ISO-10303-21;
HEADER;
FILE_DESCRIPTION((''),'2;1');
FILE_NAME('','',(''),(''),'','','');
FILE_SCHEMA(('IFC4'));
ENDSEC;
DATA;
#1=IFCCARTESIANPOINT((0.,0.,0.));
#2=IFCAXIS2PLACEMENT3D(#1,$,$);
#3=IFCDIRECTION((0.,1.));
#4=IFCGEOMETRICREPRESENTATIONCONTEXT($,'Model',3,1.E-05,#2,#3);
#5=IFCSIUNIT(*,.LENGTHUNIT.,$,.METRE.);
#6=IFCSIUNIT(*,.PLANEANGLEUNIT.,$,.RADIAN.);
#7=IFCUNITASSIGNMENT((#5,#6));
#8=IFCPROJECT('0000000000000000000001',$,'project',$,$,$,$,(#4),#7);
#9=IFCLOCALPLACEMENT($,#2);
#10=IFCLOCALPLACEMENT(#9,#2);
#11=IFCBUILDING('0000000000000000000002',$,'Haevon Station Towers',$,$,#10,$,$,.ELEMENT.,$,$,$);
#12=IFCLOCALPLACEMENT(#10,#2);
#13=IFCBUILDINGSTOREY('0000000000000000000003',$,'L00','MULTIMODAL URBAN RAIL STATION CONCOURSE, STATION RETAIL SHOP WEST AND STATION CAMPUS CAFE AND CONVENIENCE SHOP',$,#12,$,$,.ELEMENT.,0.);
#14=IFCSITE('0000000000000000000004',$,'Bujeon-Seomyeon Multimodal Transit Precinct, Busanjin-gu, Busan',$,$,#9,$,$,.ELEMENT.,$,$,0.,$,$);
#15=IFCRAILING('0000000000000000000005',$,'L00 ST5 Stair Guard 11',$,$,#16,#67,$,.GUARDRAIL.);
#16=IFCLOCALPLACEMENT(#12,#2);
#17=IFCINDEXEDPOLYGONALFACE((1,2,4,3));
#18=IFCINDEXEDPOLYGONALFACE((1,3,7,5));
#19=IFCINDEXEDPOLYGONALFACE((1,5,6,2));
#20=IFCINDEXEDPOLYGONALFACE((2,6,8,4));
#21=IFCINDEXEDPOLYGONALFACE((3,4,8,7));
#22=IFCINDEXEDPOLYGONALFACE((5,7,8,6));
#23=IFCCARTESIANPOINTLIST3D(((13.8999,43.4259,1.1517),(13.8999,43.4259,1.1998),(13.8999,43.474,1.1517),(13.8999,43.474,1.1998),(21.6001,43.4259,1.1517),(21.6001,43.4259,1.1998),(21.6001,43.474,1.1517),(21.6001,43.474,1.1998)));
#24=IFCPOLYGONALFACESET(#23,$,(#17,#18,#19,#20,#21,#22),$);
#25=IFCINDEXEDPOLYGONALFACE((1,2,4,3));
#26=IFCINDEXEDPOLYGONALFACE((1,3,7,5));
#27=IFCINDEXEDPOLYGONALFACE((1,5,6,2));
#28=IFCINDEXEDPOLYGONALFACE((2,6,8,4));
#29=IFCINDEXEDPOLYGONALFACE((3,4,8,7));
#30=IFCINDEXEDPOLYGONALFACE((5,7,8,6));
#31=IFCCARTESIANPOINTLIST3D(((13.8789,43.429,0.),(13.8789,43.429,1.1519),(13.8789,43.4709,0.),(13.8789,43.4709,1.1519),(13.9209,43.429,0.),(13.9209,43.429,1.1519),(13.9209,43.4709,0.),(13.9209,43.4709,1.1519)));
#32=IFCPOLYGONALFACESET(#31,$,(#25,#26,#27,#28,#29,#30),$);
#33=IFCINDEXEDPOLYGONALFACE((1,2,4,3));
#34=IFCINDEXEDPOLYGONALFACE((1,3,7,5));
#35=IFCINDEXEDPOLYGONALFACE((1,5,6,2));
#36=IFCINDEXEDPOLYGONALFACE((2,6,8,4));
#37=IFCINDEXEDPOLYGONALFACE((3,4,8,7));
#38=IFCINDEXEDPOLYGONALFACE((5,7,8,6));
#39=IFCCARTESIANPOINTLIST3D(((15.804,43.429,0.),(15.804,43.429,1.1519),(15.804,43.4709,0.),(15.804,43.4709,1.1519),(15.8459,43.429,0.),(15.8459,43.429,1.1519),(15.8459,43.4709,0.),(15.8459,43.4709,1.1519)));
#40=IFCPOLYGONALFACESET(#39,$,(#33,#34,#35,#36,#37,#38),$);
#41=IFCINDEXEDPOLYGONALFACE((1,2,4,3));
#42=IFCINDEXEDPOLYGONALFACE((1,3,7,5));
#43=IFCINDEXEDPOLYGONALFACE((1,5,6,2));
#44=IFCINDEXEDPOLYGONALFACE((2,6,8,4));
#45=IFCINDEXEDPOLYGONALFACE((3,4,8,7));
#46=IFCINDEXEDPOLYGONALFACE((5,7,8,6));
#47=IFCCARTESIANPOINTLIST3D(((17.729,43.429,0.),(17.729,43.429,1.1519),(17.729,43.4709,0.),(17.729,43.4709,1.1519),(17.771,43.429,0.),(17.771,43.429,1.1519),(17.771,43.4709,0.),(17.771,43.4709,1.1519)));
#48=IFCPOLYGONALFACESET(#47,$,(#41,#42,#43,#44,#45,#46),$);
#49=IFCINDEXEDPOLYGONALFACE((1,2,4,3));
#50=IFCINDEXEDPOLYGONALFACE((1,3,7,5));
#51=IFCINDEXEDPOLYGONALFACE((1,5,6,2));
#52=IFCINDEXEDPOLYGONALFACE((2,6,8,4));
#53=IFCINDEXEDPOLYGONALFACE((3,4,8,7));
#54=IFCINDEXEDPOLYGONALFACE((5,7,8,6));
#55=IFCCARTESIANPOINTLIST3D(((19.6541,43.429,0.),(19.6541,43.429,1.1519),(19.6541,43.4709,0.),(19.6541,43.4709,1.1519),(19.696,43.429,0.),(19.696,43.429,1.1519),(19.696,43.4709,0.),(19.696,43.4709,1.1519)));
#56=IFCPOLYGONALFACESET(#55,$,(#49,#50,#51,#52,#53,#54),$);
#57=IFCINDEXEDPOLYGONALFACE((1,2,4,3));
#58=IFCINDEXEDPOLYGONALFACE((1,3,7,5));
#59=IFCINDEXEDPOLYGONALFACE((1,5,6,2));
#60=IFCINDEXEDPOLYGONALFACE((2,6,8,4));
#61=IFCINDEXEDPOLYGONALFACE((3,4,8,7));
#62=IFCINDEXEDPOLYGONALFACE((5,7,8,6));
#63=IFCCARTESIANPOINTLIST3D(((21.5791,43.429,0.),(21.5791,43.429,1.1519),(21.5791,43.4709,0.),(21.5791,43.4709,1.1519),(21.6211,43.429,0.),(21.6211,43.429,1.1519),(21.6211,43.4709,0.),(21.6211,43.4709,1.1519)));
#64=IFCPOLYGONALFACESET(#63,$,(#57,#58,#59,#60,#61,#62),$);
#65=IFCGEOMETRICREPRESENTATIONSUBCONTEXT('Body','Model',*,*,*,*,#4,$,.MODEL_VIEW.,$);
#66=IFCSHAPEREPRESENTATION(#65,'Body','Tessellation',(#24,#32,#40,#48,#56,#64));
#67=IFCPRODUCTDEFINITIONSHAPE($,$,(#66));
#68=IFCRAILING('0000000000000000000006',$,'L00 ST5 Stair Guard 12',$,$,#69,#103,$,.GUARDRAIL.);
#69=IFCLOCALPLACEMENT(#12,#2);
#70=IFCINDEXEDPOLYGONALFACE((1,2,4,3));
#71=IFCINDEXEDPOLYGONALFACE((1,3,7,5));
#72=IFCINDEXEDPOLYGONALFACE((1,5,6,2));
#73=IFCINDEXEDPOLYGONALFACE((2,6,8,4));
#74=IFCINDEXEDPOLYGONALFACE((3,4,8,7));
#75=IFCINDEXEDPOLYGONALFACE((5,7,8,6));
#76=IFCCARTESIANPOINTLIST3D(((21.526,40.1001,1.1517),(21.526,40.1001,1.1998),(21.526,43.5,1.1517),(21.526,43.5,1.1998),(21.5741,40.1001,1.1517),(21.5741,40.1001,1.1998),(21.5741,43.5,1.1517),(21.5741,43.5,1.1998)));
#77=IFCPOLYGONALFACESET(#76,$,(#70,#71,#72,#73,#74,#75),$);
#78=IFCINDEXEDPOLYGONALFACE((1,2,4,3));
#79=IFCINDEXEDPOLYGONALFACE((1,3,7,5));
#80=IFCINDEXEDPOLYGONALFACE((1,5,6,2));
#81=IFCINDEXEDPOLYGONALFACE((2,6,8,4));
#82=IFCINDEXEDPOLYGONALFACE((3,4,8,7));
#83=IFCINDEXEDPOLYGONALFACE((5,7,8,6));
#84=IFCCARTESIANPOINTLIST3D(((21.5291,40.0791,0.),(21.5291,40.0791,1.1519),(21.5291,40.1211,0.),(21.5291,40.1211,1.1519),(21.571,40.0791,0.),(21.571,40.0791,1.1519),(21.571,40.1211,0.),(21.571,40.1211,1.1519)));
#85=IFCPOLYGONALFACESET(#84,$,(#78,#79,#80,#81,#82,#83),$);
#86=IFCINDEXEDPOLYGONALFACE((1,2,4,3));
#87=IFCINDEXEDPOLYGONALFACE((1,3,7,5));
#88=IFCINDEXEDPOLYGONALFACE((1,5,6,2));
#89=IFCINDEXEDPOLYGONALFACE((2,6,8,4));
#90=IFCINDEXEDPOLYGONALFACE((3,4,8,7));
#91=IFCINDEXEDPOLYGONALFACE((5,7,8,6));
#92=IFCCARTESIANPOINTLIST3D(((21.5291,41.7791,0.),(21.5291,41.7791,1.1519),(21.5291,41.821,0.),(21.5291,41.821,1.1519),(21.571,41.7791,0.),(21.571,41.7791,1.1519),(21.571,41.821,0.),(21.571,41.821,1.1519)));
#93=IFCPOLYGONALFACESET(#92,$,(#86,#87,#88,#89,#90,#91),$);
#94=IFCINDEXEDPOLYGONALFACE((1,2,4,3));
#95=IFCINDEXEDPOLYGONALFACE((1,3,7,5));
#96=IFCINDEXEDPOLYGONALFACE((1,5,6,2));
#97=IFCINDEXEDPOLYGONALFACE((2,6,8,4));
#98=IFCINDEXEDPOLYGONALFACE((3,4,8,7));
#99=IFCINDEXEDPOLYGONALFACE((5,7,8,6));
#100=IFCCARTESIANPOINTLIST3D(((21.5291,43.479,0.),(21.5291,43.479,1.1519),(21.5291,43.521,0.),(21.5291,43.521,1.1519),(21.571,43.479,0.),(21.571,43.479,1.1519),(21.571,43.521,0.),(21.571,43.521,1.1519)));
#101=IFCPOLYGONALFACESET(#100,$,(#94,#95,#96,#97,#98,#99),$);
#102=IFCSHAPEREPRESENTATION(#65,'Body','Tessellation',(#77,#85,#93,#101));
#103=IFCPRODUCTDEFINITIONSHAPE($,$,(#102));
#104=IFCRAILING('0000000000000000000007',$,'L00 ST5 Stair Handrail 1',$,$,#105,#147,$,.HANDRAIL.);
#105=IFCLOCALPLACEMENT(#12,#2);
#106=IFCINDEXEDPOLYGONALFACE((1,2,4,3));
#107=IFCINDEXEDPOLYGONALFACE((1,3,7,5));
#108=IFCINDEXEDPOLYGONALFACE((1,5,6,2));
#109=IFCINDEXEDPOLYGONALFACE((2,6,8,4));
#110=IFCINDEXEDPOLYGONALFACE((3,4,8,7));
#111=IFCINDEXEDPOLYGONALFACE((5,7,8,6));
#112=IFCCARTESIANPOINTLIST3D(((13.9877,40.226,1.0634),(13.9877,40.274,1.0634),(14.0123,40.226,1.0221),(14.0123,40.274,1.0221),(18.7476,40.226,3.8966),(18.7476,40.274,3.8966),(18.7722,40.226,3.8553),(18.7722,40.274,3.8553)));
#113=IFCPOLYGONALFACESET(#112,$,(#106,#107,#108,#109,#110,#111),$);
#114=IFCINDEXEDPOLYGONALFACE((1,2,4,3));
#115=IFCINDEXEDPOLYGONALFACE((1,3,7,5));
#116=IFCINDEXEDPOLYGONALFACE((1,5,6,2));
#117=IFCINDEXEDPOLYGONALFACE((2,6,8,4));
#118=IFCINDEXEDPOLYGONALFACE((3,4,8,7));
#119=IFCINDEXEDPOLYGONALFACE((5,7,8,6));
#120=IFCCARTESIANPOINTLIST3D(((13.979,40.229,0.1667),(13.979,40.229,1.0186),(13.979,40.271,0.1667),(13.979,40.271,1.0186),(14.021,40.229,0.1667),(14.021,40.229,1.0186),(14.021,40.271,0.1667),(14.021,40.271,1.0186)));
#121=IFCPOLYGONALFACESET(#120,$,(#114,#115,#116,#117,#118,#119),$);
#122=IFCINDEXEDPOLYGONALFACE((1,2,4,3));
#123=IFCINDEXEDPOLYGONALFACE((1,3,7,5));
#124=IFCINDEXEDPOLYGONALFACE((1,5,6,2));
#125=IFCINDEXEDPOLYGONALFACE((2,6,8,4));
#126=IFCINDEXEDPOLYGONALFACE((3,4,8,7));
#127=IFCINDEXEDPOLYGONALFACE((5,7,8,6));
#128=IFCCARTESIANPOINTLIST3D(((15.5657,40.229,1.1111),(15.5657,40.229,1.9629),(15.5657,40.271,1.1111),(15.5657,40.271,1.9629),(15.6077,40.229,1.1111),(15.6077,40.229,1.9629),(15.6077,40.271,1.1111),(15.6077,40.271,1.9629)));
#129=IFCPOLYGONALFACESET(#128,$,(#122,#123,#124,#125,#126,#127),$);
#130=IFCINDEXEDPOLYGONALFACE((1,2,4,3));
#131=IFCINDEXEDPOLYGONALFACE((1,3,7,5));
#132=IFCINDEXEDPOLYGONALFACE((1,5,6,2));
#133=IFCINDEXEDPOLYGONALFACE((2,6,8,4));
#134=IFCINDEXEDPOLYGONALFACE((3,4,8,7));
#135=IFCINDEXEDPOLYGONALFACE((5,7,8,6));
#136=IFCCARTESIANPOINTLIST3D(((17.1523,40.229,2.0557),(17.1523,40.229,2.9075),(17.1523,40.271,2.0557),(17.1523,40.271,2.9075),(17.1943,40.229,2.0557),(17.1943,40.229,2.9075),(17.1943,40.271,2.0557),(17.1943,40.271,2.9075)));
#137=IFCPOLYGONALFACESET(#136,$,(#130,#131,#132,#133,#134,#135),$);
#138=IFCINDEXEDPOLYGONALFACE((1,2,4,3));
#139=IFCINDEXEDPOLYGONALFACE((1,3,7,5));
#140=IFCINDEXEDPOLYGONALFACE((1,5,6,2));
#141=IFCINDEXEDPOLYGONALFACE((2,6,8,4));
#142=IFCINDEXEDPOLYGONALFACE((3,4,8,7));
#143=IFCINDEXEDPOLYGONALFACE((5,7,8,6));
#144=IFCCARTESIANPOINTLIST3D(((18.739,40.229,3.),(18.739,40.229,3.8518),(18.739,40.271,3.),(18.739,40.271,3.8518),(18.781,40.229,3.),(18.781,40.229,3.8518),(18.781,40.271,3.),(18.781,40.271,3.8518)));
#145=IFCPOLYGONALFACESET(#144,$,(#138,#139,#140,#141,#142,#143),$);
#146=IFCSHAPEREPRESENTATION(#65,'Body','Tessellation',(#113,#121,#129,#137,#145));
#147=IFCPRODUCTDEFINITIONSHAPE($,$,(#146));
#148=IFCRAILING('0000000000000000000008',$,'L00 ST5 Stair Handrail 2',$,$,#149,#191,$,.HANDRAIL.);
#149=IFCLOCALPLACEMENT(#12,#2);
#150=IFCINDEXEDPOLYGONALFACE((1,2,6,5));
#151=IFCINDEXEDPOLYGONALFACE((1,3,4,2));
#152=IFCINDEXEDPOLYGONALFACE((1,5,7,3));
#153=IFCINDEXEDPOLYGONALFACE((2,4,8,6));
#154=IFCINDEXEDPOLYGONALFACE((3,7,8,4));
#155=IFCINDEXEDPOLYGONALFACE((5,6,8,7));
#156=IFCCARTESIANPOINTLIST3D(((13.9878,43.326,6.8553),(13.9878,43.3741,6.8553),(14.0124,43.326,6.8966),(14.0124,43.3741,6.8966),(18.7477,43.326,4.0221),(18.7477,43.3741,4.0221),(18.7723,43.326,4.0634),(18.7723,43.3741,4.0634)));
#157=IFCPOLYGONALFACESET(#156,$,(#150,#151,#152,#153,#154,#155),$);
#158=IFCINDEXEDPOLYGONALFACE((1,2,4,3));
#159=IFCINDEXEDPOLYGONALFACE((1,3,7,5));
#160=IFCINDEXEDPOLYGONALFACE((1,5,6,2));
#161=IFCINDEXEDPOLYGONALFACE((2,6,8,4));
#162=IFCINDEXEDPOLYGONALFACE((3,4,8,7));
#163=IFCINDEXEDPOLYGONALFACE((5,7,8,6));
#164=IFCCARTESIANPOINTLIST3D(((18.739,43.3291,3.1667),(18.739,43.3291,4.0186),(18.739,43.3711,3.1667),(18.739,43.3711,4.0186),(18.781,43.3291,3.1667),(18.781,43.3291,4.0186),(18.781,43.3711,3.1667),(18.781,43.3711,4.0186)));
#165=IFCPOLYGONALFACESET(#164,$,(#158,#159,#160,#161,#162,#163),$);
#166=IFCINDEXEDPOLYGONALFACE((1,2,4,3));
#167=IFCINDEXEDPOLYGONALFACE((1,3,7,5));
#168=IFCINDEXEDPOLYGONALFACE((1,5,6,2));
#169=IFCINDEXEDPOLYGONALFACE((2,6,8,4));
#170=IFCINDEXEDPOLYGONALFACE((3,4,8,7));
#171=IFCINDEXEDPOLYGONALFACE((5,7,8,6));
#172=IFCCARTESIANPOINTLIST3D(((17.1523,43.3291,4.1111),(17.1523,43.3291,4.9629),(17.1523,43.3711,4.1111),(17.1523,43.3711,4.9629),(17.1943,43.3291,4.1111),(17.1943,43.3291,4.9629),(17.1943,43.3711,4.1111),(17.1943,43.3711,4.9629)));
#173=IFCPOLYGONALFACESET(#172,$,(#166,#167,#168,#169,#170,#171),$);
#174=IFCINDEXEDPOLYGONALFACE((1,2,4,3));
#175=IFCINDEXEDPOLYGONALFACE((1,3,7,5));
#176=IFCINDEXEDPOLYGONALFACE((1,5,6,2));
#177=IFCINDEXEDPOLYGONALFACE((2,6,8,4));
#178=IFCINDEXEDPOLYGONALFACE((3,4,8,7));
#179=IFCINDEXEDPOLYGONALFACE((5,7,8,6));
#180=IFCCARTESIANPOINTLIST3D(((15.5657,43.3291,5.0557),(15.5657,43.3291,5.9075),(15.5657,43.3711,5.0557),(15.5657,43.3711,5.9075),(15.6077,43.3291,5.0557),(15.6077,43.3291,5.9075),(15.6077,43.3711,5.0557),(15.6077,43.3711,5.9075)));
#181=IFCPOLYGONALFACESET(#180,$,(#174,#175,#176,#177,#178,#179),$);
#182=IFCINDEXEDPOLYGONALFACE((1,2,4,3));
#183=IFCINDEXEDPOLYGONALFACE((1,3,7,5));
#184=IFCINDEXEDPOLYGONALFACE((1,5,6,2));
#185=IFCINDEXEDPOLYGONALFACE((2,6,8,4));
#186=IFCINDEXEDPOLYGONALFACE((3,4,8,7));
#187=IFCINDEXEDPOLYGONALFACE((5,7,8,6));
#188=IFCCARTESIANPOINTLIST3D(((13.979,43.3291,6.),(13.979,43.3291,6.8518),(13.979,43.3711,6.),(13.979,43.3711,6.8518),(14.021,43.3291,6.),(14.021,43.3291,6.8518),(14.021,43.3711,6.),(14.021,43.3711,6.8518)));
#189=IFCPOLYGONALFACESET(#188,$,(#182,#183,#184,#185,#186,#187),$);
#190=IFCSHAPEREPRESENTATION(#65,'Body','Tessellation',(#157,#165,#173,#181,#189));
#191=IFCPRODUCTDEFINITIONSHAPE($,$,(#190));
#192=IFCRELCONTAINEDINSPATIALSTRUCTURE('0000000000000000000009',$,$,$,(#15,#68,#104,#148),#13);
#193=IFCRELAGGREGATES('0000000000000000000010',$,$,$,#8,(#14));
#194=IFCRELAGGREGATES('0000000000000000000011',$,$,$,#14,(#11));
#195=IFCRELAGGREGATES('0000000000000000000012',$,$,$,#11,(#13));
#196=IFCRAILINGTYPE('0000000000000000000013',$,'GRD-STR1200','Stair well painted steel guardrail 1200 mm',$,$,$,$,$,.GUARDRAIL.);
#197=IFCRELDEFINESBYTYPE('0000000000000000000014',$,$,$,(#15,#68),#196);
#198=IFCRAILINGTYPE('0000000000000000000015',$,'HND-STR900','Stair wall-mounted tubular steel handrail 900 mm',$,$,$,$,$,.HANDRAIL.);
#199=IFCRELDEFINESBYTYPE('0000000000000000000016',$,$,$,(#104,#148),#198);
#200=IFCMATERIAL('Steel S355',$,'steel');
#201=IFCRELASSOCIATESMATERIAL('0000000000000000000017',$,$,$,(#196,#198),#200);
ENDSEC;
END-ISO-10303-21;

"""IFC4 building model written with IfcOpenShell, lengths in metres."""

from ifc_helpers import new_model, si_unit, direction, frame, origin, origin_2d, place, context, subcontext, project, spatial, rectangle, extrude, material, type_object, element, save


model = new_model("IFC4")

# Units and contexts
model_context = context("Model", 3, precision=1e-05, world=origin(), true_north=direction((0.0, 1.0)))
body_context = subcontext(model_context, "Body", "Model", "MODEL_VIEW")
ifc_project = project(units=[si_unit("LENGTHUNIT", "METRE"), si_unit("PLANEANGLEUNIT", "RADIAN")], contexts=[model_context])

# Site, building, storey
site_placement = place(None, origin())
site = spatial("IfcSite", under=ifc_project, at=site_placement, Name="Bujeon-Seomyeon Multimodal Transit Precinct, Busanjin-gu, Busan", CompositionType="ELEMENT", RefElevation=0.0)
building_placement = place(site_placement, origin())
building = spatial("IfcBuilding", under=site, at=building_placement, Name="Haevon Station Towers", CompositionType="ELEMENT")
storey_placement = place(building_placement, origin())
storey = spatial("IfcBuildingStorey", under=building, at=storey_placement, Name="L00", Description="MULTIMODAL URBAN RAIL STATION CONCOURSE, STATION RETAIL SHOP WEST AND STATION CAMPUS CAFE AND CONVENIENCE SHOP", CompositionType="ELEMENT", Elevation=0.0)

# Shared definitions
ifc_material_1 = material(Name="Steel S355", Category="steel")

# Railings
railing_type_1 = type_object("IfcRailingType", Name="GRD-STR1200", Description="Stair well painted steel guardrail 1200 mm", PredefinedType="GUARDRAIL", material=ifc_material_1)
for number, where, name in (
    (1, (13.8999, 43.45, 0.0), "L00 ST5 Stair Guard 11"),
):
    element("IfcRailing", number, at=place(storey_placement, frame(where)), inside=storey, type_object=railing_type_1, Name=name, PredefinedType="GUARDRAIL", context=body_context, shape_type="SweptSolid", body=[
        extrude(rectangle(XDim=0.0481, YDim=0.0481, at=origin_2d()), frame((0.0, 0.0, 1.1758), z_axis=(1.0, 0.0, 0.0), x_axis=(0.0, 1.0, 0.0)), (0.0, 0.0, 1.0), 7.7002),
        extrude(rectangle(XDim=0.042, YDim=0.042, at=origin_2d()), origin(), (0.0, 0.0, 1.0), 1.1519),
        extrude(rectangle(XDim=0.042, YDim=0.042, at=origin_2d()), frame((1.925, 0.0, 0.0)), (0.0, 0.0, 1.0), 1.1519),
        extrude(rectangle(XDim=0.042, YDim=0.042, at=origin_2d()), frame((3.8501, 0.0, 0.0)), (0.0, 0.0, 1.0), 1.1519),
        extrude(rectangle(XDim=0.042, YDim=0.042, at=origin_2d()), frame((5.7751, 0.0, 0.0)), (0.0, 0.0, 1.0), 1.1519),
        extrude(rectangle(XDim=0.042, YDim=0.042, at=origin_2d()), frame((7.7002, 0.0, 0.0)), (0.0, 0.0, 1.0), 1.1519),
    ])
railing_1_placement = place(storey_placement, frame((21.55, 40.1001, 0.0)))
element("IfcRailing", 2, at=railing_1_placement, inside=storey, type_object=railing_type_1, Name="L00 ST5 Stair Guard 12", PredefinedType="GUARDRAIL", context=body_context, shape_type="SweptSolid", body=[
    extrude(rectangle(XDim=0.0481, YDim=0.0481, at=origin_2d()), frame((0.0, 0.0, 1.1758), z_axis=(0.0, 1.0, 0.0), x_axis=(-1.0, 0.0, 0.0)), (0.0, 0.0, 1.0), 3.3999),
    extrude(rectangle(XDim=0.042, YDim=0.042, at=origin_2d()), origin(), (0.0, 0.0, 1.0), 1.1519),
    extrude(rectangle(XDim=0.042, YDim=0.042, at=origin_2d()), frame((0.0, 1.7, 0.0)), (0.0, 0.0, 1.0), 1.1519),
    extrude(rectangle(XDim=0.042, YDim=0.042, at=origin_2d()), frame((0.0, 3.3999, 0.0)), (0.0, 0.0, 1.0), 1.1519),
])
railing_type_2 = type_object("IfcRailingType", Name="HND-STR900", Description="Stair wall-mounted tubular steel handrail 900 mm", PredefinedType="HANDRAIL", material=ifc_material_1)
railing_2_placement = place(storey_placement, frame((14.0, 40.25, 0.1667)))
element("IfcRailing", 3, at=railing_2_placement, inside=storey, type_object=railing_type_2, Name="L00 ST5 Stair Handrail 1", PredefinedType="HANDRAIL", context=body_context, shape_type="SweptSolid", body=[
    extrude(rectangle(XDim=0.0481, YDim=0.0481, at=origin_2d()), frame((0.0, 0.0, 0.876), z_axis=(0.8593, 0.0, 0.511472), x_axis=(0.0, 1.0, 0.0)), (0.0, 0.0, 1.0), 5.5393),
    extrude(rectangle(XDim=0.042, YDim=0.042, at=origin_2d()), origin(), (0.0, 0.0, 1.0), 0.8518),
    extrude(rectangle(XDim=0.042, YDim=0.042, at=origin_2d()), frame((1.5867, 0.0, 0.9443)), (0.0, 0.0, 1.0), 0.8518),
    extrude(rectangle(XDim=0.042, YDim=0.042, at=origin_2d()), frame((3.1733, 0.0, 1.8889)), (0.0, 0.0, 1.0), 0.8518),
    extrude(rectangle(XDim=0.042, YDim=0.042, at=origin_2d()), frame((4.76, 0.0, 2.8333)), (0.0, 0.0, 1.0), 0.8518),
])
railing_3_placement = place(storey_placement, frame((18.76, 43.3501, 3.1667)))
element("IfcRailing", 4, at=railing_3_placement, inside=storey, type_object=railing_type_2, Name="L00 ST5 Stair Handrail 2", PredefinedType="HANDRAIL", context=body_context, shape_type="SweptSolid", body=[
    extrude(rectangle(XDim=0.0481, YDim=0.0481, at=origin_2d()), frame((0.0, 0.0, 0.876), z_axis=(-0.8593, 0.0, 0.511472), x_axis=(0.0, -1.0, 0.0)), (0.0, 0.0, 1.0), 5.5393),
    extrude(rectangle(XDim=0.042, YDim=0.042, at=origin_2d()), origin(), (0.0, 0.0, 1.0), 0.8518),
    extrude(rectangle(XDim=0.042, YDim=0.042, at=origin_2d()), frame((-1.5867, 0.0, 0.9443)), (0.0, 0.0, 1.0), 0.8518),
    extrude(rectangle(XDim=0.042, YDim=0.042, at=origin_2d()), frame((-3.1733, 0.0, 1.8889)), (0.0, 0.0, 1.0), 0.8518),
    extrude(rectangle(XDim=0.042, YDim=0.042, at=origin_2d()), frame((-4.76, 0.0, 2.8333)), (0.0, 0.0, 1.0), 0.8518),
])

save(model, "model.ifc")
